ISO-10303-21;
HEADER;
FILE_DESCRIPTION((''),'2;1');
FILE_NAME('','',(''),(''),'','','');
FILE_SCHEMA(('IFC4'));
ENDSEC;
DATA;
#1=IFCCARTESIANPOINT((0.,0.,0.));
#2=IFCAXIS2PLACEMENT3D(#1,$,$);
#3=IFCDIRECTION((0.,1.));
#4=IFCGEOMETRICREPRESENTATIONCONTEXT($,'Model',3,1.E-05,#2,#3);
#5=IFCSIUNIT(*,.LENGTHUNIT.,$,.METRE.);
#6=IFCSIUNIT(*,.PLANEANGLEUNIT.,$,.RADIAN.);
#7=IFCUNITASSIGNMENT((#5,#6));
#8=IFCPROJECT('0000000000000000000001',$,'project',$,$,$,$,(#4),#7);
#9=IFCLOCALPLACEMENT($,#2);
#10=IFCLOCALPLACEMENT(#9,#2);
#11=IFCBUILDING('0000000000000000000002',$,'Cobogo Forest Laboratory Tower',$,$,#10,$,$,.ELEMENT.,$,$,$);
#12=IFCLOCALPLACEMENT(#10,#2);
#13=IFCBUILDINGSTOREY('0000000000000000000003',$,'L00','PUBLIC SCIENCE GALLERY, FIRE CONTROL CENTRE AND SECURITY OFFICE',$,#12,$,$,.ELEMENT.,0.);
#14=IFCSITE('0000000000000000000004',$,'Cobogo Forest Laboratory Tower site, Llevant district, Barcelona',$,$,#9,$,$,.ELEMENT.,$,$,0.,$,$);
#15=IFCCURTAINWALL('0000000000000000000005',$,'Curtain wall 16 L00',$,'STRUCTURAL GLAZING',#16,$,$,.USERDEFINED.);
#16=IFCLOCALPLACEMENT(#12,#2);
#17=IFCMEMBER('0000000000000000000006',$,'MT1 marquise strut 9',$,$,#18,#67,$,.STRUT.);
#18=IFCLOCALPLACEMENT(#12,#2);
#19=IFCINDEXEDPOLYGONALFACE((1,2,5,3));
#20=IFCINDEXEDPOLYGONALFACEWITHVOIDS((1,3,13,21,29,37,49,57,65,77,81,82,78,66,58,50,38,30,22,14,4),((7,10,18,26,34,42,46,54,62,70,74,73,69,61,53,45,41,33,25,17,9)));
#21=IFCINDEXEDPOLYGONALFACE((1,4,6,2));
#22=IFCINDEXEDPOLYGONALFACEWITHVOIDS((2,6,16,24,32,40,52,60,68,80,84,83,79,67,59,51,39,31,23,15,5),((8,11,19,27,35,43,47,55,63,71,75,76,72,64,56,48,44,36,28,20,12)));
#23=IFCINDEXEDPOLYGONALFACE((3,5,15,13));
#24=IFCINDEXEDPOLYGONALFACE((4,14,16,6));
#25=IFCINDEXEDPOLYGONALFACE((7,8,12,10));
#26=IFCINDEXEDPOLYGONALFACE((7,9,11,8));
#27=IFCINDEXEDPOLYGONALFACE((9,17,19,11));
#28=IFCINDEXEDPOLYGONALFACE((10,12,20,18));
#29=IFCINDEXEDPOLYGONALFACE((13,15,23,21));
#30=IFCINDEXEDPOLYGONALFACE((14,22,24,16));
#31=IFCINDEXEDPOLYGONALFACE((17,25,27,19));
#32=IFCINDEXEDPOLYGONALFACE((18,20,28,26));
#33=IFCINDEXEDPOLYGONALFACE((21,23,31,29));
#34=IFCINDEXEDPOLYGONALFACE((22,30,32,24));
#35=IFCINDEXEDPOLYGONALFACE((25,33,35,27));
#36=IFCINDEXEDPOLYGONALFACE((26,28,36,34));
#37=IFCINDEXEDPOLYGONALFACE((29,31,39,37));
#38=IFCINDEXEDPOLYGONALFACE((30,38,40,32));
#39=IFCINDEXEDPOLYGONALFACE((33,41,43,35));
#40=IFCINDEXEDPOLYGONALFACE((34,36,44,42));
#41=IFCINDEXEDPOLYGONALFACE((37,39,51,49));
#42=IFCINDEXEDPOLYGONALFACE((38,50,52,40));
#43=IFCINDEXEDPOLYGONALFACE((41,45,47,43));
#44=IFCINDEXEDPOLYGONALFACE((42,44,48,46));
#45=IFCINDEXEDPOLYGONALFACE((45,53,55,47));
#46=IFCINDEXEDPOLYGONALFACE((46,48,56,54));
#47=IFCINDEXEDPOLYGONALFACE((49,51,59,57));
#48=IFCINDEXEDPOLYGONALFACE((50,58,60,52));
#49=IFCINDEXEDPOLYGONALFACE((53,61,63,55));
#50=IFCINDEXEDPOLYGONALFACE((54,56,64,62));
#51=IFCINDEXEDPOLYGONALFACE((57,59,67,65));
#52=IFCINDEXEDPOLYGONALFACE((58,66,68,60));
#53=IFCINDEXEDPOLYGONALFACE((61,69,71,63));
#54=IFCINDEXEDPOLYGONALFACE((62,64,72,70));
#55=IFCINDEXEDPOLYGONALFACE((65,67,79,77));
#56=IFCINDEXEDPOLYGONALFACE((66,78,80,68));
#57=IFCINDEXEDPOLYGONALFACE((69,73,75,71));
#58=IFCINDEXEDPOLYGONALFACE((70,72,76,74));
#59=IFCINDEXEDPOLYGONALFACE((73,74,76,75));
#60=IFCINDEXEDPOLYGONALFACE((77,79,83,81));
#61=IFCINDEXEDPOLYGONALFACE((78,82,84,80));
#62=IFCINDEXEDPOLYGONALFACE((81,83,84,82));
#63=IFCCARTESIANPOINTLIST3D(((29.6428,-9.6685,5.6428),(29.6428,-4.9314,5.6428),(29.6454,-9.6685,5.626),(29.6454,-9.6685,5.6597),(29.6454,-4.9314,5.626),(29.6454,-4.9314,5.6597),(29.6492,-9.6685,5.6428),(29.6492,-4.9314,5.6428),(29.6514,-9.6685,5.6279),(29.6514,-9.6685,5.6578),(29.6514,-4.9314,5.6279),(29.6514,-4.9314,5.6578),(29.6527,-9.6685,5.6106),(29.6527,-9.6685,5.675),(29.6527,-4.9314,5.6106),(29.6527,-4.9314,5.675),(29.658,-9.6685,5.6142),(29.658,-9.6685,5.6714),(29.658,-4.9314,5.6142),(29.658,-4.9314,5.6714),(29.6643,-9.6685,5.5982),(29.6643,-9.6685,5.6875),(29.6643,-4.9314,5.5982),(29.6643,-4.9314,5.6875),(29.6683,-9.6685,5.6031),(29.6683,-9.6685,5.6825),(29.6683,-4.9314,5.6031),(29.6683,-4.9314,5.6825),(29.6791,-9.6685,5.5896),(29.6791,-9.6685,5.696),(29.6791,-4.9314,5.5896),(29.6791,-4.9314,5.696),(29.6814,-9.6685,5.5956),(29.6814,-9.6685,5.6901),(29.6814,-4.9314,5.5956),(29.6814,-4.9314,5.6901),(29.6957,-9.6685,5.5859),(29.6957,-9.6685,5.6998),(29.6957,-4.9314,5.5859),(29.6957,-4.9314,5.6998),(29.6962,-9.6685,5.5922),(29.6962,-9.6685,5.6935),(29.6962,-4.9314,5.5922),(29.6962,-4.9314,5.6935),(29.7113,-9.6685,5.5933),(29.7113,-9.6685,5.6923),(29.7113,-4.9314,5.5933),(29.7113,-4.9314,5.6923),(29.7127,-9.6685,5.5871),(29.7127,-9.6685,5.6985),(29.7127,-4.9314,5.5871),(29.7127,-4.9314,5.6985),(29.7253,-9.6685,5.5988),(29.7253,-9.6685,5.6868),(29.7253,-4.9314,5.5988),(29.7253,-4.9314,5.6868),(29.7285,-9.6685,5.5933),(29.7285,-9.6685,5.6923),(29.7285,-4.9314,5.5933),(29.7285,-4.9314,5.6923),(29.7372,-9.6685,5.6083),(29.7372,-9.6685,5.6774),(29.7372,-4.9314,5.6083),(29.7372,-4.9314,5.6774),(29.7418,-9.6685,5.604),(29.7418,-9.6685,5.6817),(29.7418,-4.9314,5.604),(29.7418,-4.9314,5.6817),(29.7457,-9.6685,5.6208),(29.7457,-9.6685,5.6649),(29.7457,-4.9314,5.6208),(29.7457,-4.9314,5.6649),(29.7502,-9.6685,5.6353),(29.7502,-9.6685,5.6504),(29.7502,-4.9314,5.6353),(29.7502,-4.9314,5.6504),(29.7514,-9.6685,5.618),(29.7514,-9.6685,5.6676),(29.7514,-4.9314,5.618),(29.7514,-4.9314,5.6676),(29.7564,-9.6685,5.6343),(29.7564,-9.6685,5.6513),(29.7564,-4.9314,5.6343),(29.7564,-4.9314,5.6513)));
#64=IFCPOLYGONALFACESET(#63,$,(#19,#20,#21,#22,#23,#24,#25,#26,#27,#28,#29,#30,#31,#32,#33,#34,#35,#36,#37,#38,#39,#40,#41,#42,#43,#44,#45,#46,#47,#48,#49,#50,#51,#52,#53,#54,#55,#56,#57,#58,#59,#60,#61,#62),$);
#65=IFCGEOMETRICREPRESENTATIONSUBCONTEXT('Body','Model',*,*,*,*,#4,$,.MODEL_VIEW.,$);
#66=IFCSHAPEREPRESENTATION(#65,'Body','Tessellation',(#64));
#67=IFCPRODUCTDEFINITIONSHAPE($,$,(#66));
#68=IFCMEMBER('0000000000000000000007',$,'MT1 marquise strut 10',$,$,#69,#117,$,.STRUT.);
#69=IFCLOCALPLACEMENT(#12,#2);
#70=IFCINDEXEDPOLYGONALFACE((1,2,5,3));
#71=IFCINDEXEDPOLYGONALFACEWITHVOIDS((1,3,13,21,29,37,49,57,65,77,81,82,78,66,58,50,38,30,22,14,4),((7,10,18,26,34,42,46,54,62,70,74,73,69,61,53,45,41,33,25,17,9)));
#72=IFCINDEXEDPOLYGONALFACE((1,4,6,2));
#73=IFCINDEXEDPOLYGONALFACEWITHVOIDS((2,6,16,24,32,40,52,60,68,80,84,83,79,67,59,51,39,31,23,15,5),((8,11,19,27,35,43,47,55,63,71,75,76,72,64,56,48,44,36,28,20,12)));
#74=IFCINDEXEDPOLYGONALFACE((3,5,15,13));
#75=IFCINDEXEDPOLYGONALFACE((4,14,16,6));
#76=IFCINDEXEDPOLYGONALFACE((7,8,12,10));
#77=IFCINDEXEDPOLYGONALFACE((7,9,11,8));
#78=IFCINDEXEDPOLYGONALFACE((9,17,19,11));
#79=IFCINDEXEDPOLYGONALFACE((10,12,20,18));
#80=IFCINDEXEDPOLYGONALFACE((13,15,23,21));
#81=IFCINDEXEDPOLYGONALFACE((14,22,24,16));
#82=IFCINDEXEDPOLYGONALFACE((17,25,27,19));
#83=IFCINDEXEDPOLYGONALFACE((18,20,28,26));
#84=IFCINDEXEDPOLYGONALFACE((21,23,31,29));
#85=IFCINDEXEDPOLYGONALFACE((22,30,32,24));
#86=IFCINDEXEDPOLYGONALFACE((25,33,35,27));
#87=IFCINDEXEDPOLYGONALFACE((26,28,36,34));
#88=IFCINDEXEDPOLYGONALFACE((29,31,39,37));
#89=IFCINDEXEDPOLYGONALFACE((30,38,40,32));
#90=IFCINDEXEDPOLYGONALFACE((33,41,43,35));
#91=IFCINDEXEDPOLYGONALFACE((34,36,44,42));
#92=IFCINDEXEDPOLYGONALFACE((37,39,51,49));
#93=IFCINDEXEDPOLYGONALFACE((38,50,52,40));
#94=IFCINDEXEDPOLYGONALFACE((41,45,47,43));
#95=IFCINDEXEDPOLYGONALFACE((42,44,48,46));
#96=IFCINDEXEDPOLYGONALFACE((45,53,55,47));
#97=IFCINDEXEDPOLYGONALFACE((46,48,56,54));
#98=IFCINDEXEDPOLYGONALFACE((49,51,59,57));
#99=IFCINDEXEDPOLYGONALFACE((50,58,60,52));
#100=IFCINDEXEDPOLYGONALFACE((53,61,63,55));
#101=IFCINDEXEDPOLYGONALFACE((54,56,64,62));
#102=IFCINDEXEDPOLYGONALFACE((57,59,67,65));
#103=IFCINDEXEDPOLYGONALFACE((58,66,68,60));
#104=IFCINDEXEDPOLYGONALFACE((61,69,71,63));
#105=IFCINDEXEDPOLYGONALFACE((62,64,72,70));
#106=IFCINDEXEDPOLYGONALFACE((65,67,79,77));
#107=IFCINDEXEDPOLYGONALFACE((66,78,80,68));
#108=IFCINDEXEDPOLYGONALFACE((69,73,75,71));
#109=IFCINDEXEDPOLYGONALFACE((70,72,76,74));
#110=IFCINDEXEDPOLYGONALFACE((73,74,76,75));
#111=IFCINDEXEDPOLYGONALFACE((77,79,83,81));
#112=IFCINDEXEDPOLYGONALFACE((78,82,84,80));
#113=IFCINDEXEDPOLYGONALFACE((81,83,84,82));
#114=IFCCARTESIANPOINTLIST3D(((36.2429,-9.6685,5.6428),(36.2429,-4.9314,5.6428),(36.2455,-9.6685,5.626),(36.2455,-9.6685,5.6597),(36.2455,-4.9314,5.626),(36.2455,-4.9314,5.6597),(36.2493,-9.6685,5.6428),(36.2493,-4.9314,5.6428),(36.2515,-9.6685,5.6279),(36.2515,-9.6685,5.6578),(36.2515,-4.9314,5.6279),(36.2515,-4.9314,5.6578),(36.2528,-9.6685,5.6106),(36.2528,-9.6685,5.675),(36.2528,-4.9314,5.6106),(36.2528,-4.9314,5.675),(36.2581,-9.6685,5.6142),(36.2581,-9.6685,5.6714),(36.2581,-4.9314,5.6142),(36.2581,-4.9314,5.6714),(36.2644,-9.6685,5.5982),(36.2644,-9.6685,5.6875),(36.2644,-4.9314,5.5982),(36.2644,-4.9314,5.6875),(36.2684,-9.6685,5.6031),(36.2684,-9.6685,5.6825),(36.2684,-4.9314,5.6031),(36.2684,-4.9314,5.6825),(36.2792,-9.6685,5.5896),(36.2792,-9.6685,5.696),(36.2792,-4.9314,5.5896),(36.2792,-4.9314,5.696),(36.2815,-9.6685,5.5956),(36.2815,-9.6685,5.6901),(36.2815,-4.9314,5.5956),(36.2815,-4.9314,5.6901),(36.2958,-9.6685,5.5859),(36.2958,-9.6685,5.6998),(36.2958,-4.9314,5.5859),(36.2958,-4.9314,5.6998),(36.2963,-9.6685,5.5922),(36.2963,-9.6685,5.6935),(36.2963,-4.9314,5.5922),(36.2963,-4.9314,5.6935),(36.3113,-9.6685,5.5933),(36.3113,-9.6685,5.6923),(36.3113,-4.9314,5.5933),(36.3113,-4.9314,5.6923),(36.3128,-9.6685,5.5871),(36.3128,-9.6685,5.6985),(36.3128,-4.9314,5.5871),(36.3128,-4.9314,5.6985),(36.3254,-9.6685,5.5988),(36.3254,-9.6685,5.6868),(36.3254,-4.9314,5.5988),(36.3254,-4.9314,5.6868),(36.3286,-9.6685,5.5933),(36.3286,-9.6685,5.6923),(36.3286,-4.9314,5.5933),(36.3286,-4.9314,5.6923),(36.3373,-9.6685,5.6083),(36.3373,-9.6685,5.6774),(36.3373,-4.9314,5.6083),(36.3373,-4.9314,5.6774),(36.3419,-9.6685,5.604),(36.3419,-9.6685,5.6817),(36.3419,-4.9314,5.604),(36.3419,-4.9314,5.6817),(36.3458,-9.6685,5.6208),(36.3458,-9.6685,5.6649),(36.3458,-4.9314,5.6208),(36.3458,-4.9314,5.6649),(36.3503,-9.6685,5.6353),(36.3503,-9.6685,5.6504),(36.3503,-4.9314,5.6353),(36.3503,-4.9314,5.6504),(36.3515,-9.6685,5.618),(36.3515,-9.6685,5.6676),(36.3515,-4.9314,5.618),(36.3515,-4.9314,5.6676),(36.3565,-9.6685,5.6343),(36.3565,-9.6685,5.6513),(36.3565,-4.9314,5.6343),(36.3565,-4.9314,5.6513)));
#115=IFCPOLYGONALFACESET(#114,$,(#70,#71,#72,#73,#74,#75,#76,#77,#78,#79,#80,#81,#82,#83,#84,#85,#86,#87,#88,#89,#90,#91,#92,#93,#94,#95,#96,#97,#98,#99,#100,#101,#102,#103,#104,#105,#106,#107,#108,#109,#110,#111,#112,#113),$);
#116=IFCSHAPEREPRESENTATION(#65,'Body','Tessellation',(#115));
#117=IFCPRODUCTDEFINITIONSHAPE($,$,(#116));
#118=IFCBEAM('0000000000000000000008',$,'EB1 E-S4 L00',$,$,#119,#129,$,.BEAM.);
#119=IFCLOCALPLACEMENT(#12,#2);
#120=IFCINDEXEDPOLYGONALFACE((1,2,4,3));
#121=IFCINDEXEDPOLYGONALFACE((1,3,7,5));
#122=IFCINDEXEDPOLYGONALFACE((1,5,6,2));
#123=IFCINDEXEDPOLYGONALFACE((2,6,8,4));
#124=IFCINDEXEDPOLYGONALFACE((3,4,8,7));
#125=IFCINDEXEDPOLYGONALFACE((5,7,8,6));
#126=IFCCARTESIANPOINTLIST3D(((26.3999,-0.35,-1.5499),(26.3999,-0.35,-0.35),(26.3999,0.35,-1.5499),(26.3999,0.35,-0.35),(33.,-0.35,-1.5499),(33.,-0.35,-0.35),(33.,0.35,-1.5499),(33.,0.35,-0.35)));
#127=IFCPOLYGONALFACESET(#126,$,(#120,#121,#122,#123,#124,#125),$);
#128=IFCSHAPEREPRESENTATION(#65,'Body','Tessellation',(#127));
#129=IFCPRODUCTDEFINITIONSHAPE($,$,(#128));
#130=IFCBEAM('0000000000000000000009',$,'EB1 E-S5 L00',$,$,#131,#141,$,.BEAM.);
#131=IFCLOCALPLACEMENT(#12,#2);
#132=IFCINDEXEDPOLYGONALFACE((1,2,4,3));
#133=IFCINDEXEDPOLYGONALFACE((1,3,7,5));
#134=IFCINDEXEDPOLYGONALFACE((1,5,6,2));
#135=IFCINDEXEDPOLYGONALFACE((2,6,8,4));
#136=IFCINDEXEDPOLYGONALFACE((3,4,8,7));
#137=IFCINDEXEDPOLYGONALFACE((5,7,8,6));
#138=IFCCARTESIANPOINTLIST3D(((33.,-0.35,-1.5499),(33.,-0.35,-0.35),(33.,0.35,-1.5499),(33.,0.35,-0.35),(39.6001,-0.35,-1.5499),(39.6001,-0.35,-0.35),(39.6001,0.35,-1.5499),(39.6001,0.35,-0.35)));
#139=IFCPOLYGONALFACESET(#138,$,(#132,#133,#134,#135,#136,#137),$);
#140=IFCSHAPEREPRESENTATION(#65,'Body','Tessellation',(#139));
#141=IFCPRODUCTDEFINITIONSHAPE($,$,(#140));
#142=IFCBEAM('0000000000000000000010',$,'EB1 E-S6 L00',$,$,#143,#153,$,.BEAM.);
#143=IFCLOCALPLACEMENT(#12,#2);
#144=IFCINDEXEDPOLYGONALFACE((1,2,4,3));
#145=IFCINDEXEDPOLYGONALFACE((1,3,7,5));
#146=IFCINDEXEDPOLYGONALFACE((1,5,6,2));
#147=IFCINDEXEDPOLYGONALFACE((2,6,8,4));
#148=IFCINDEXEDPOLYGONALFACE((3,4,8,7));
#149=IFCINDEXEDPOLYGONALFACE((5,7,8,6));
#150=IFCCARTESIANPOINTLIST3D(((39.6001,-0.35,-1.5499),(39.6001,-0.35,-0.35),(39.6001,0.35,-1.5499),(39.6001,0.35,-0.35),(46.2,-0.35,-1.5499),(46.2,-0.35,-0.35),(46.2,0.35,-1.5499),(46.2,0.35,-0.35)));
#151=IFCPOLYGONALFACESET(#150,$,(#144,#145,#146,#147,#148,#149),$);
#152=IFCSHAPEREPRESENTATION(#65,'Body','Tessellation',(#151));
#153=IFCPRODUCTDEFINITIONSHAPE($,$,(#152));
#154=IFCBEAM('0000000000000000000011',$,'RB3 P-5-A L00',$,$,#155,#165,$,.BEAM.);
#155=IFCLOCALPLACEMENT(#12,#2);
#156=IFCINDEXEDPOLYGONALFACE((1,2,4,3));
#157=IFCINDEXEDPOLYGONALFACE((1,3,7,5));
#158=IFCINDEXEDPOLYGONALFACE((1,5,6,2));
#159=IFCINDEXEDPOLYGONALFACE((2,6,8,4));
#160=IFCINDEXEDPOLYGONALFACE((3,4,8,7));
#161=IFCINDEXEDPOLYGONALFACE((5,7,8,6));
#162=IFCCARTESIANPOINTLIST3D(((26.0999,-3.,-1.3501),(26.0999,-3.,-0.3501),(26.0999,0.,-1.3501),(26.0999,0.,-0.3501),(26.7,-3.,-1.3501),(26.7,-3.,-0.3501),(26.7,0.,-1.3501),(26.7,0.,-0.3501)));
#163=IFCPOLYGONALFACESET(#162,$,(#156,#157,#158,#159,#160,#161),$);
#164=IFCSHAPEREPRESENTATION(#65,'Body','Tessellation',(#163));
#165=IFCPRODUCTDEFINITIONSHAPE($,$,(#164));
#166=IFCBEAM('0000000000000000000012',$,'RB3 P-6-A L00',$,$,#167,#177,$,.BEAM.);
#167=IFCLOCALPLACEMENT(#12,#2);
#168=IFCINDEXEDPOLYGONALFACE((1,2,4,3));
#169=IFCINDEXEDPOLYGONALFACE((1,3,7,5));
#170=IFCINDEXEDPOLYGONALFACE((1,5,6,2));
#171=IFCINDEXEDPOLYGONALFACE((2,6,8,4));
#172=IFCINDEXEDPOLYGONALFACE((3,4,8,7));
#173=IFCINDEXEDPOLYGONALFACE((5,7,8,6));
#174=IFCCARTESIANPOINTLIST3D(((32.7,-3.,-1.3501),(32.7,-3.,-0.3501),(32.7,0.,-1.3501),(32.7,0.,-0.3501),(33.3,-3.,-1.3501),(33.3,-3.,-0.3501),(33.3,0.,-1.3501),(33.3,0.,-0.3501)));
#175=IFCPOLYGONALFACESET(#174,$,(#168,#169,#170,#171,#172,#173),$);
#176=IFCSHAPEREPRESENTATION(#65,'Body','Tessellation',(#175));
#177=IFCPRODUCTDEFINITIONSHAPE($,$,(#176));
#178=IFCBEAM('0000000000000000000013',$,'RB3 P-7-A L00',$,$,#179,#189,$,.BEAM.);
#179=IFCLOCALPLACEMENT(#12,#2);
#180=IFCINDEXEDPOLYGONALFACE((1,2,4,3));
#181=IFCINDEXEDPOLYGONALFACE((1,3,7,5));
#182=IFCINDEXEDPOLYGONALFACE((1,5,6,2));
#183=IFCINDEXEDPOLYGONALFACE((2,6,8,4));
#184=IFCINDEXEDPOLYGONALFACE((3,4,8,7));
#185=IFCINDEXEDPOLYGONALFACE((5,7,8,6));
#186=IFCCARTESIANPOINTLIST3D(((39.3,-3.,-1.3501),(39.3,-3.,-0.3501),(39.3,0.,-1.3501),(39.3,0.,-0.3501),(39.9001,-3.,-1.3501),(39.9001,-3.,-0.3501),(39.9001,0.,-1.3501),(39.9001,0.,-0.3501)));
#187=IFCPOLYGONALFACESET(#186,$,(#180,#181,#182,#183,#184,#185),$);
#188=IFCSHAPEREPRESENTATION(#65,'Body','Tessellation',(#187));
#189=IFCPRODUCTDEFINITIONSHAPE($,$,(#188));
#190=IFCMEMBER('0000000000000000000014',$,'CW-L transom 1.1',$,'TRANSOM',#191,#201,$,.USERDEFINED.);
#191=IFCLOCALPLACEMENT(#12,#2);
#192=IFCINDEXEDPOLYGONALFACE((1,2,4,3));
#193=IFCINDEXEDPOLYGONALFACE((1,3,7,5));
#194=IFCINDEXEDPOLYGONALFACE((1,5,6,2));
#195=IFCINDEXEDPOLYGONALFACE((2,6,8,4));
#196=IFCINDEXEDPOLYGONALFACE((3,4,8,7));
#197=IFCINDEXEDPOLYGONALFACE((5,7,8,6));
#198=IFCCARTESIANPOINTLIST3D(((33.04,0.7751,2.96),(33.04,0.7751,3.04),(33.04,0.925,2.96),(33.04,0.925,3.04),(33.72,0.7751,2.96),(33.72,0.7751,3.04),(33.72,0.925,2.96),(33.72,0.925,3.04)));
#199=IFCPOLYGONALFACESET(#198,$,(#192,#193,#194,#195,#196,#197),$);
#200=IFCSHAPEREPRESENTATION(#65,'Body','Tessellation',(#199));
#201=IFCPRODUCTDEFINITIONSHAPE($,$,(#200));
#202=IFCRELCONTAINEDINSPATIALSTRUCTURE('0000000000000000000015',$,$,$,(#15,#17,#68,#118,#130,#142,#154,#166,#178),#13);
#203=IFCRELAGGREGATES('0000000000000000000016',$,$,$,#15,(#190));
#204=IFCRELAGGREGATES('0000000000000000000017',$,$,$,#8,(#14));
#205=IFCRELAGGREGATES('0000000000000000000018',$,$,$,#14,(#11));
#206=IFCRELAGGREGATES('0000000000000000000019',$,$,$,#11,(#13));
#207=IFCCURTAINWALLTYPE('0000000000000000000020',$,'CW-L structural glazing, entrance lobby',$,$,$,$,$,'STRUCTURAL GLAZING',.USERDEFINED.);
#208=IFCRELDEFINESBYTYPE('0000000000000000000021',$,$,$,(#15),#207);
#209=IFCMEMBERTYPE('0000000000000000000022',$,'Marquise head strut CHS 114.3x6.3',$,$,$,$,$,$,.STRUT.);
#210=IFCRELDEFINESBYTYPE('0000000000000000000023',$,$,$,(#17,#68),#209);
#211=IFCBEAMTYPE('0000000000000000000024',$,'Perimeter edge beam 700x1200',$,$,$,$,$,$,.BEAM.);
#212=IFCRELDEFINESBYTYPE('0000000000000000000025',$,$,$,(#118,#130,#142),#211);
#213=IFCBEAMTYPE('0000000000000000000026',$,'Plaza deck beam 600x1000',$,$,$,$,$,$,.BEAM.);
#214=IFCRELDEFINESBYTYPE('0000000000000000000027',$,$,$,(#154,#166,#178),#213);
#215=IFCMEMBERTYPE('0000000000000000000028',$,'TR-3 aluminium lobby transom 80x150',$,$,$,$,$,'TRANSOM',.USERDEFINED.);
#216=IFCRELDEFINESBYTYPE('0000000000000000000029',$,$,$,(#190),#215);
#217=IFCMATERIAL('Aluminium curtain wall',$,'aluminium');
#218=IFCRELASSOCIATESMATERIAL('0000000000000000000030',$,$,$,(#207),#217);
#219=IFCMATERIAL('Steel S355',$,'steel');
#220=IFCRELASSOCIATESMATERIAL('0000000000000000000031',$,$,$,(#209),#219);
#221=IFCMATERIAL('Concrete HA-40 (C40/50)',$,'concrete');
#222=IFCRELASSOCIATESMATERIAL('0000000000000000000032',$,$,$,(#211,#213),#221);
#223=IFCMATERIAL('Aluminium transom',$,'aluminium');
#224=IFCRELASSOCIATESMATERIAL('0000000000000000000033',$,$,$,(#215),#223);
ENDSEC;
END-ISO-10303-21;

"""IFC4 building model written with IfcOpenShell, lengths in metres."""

from ifc_helpers import new_model, si_unit, direction, frame, origin, origin_2d, place, context, subcontext, project, spatial, rectangle, hollow_circle, extrude, material, material_profile, profile_set, type_object, element, aggregate, save


model = new_model("IFC4")

# Units and contexts
model_context = context("Model", 3, precision=1e-05, world=origin(), true_north=direction((0.0, 1.0)))
body_context = subcontext(model_context, "Body", "Model", "MODEL_VIEW")
ifc_project = project(units=[si_unit("LENGTHUNIT", "METRE"), si_unit("PLANEANGLEUNIT", "RADIAN")], contexts=[model_context])

# Site, building, storey
site_placement = place(None, origin())
site = spatial("IfcSite", under=ifc_project, at=site_placement, Name="Cobogo Forest Laboratory Tower site, Llevant district, Barcelona", CompositionType="ELEMENT", RefElevation=0.0)
building_placement = place(site_placement, origin())
building = spatial("IfcBuilding", under=site, at=building_placement, Name="Cobogo Forest Laboratory Tower", CompositionType="ELEMENT")
storey_placement = place(building_placement, origin())
storey = spatial("IfcBuildingStorey", under=building, at=storey_placement, Name="L00", Description="PUBLIC SCIENCE GALLERY, FIRE CONTROL CENTRE AND SECURITY OFFICE", CompositionType="ELEMENT", Elevation=0.0)

# Shared definitions
ifc_material_1 = material(Name="Concrete HA-40 (C40/50)", Category="concrete")

# Shared definitions
ifc_material_2 = material(Name="Steel S355", Category="steel")

# Curtain wall
ifc_material_3 = material(Name="Aluminium curtain wall", Category="aluminium")
curtain_wall_type = type_object("IfcCurtainWallType", Name="CW-L structural glazing, entrance lobby", ElementType="STRUCTURAL GLAZING", PredefinedType="USERDEFINED", material=ifc_material_3)
curtain_wall_placement = place(storey_placement, origin())
curtain_wall = element("IfcCurtainWall", 1, at=curtain_wall_placement, inside=storey, type_object=curtain_wall_type, Name="Curtain wall 16 L00", ObjectType="STRUCTURAL GLAZING", PredefinedType="USERDEFINED")

# Members
ifc_material_profile_1 = material_profile(ifc_material_2, hollow_circle(Radius=0.0571, WallThickness=0.0063, at=origin_2d()), Name="CHS 114.3x6.3")
ifc_profile_set_1 = profile_set([ifc_material_profile_1], Name="Steel S355")
member_type_1 = type_object("IfcMemberType", Name="Marquise head strut CHS 114.3x6.3", PredefinedType="STRUT", material=ifc_profile_set_1)
for number, where, z_axis, x_axis, name in (
    (2, (29.7, -9.6685, 5.6428), (0.0, 1.0, 0.0), (-1.0, 0.0, 0.0), "MT1 marquise strut 9"),
    (3, (36.3, -9.6685, 5.6428), (0.0, 1.0, 0.0), (-1.0, 0.0, 0.0), "MT1 marquise strut 10"),
):
    element("IfcMember", number, at=place(storey_placement, frame(where, z_axis=z_axis, x_axis=x_axis)), inside=storey, type_object=member_type_1, Name=name, PredefinedType="STRUT", context=body_context, shape_type="SweptSolid", body=[
        extrude(hollow_circle(Radius=0.0571, WallThickness=0.0063, at=origin_2d()), origin(), (0.0, 0.0, 1.0), 4.7371),
    ])

# Beams
ifc_material_profile_2 = material_profile(ifc_material_1, rectangle(XDim=0.7, YDim=1.2, at=origin_2d()), Name="RC 700x1200")
ifc_profile_set_2 = profile_set([ifc_material_profile_2], Name="Concrete HA-40 (C40/50)")
beam_type_1 = type_object("IfcBeamType", Name="Perimeter edge beam 700x1200", PredefinedType="BEAM", material=ifc_profile_set_2)
for number, where, z_axis, x_axis, name in (
    (4, (26.3999, 0.0, -0.95), (1.0, 0.0, 0.0), (0.0, 1.0, 0.0), "EB1 E-S4 L00"),
    (5, (33.0, 0.0, -0.95), (1.0, 0.0, 0.0), (0.0, 1.0, 0.0), "EB1 E-S5 L00"),
):
    element("IfcBeam", number, at=place(storey_placement, frame(where, z_axis=z_axis, x_axis=x_axis)), inside=storey, type_object=beam_type_1, Name=name, PredefinedType="BEAM", context=body_context, shape_type="SweptSolid", body=[
        extrude(rectangle(XDim=0.7, YDim=1.2, at=origin_2d()), origin(), (0.0, 0.0, 1.0), 6.6001),
    ])
beam_placement = place(storey_placement, frame((39.6001, 0.0, -0.95), z_axis=(1.0, 0.0, 0.0), x_axis=(0.0, 1.0, 0.0)))
element("IfcBeam", 6, at=beam_placement, inside=storey, type_object=beam_type_1, Name="EB1 E-S6 L00", PredefinedType="BEAM", context=body_context, shape_type="SweptSolid", body=[
    extrude(rectangle(XDim=0.7, YDim=1.2, at=origin_2d()), origin(), (0.0, 0.0, 1.0), 6.5999),
])
ifc_material_profile_3 = material_profile(ifc_material_1, rectangle(XDim=0.6001, YDim=1.0, at=origin_2d()), Name="RC 600x1000")
ifc_profile_set_3 = profile_set([ifc_material_profile_3], Name="Concrete HA-40 (C40/50)")
beam_type_2 = type_object("IfcBeamType", Name="Plaza deck beam 600x1000", PredefinedType="BEAM", material=ifc_profile_set_3)
for number, where, z_axis, x_axis, name in (
    (7, (26.3999, 0.0, -0.8501), (0.0, -1.0, 0.0), (1.0, 0.0, 0.0), "RB3 P-5-A L00"),
    (8, (33.0, 0.0, -0.8501), (0.0, -1.0, 0.0), (1.0, 0.0, 0.0), "RB3 P-6-A L00"),
    (9, (39.6001, 0.0, -0.8501), (0.0, -1.0, 0.0), (1.0, 0.0, 0.0), "RB3 P-7-A L00"),
):
    element("IfcBeam", number, at=place(storey_placement, frame(where, z_axis=z_axis, x_axis=x_axis)), inside=storey, type_object=beam_type_2, Name=name, PredefinedType="BEAM", context=body_context, shape_type="SweptSolid", body=[
        extrude(rectangle(XDim=0.6001, YDim=1.0, at=origin_2d()), origin(), (0.0, 0.0, 1.0), 3.0),
    ])

# Member
ifc_material_4 = material(Name="Aluminium transom", Category="aluminium")
ifc_material_profile_4 = material_profile(ifc_material_4, rectangle(XDim=0.1499, YDim=0.0801, at=origin_2d()), Name="AL 80x150")
ifc_profile_set_4 = profile_set([ifc_material_profile_4], Name="Aluminium transom")
member_type_2 = type_object("IfcMemberType", Name="TR-3 aluminium lobby transom 80x150", ElementType="TRANSOM", PredefinedType="USERDEFINED", material=ifc_profile_set_4)
member_1_placement = place(storey_placement, frame((33.72, 0.8501, 3.0), z_axis=(-1.0, 0.0, 0.0), x_axis=(0.0, -1.0, 0.0)))
member_1 = element("IfcMember", 10, at=member_1_placement, type_object=member_type_2, Name="CW-L transom 1.1", ObjectType="TRANSOM", PredefinedType="USERDEFINED", context=body_context, shape_type="SweptSolid", body=[
    extrude(rectangle(XDim=0.1499, YDim=0.0801, at=origin_2d()), origin(), (0.0, 0.0, 1.0), 0.6799),
])

aggregate(curtain_wall, [member_1])

save(model, "model.ifc")
